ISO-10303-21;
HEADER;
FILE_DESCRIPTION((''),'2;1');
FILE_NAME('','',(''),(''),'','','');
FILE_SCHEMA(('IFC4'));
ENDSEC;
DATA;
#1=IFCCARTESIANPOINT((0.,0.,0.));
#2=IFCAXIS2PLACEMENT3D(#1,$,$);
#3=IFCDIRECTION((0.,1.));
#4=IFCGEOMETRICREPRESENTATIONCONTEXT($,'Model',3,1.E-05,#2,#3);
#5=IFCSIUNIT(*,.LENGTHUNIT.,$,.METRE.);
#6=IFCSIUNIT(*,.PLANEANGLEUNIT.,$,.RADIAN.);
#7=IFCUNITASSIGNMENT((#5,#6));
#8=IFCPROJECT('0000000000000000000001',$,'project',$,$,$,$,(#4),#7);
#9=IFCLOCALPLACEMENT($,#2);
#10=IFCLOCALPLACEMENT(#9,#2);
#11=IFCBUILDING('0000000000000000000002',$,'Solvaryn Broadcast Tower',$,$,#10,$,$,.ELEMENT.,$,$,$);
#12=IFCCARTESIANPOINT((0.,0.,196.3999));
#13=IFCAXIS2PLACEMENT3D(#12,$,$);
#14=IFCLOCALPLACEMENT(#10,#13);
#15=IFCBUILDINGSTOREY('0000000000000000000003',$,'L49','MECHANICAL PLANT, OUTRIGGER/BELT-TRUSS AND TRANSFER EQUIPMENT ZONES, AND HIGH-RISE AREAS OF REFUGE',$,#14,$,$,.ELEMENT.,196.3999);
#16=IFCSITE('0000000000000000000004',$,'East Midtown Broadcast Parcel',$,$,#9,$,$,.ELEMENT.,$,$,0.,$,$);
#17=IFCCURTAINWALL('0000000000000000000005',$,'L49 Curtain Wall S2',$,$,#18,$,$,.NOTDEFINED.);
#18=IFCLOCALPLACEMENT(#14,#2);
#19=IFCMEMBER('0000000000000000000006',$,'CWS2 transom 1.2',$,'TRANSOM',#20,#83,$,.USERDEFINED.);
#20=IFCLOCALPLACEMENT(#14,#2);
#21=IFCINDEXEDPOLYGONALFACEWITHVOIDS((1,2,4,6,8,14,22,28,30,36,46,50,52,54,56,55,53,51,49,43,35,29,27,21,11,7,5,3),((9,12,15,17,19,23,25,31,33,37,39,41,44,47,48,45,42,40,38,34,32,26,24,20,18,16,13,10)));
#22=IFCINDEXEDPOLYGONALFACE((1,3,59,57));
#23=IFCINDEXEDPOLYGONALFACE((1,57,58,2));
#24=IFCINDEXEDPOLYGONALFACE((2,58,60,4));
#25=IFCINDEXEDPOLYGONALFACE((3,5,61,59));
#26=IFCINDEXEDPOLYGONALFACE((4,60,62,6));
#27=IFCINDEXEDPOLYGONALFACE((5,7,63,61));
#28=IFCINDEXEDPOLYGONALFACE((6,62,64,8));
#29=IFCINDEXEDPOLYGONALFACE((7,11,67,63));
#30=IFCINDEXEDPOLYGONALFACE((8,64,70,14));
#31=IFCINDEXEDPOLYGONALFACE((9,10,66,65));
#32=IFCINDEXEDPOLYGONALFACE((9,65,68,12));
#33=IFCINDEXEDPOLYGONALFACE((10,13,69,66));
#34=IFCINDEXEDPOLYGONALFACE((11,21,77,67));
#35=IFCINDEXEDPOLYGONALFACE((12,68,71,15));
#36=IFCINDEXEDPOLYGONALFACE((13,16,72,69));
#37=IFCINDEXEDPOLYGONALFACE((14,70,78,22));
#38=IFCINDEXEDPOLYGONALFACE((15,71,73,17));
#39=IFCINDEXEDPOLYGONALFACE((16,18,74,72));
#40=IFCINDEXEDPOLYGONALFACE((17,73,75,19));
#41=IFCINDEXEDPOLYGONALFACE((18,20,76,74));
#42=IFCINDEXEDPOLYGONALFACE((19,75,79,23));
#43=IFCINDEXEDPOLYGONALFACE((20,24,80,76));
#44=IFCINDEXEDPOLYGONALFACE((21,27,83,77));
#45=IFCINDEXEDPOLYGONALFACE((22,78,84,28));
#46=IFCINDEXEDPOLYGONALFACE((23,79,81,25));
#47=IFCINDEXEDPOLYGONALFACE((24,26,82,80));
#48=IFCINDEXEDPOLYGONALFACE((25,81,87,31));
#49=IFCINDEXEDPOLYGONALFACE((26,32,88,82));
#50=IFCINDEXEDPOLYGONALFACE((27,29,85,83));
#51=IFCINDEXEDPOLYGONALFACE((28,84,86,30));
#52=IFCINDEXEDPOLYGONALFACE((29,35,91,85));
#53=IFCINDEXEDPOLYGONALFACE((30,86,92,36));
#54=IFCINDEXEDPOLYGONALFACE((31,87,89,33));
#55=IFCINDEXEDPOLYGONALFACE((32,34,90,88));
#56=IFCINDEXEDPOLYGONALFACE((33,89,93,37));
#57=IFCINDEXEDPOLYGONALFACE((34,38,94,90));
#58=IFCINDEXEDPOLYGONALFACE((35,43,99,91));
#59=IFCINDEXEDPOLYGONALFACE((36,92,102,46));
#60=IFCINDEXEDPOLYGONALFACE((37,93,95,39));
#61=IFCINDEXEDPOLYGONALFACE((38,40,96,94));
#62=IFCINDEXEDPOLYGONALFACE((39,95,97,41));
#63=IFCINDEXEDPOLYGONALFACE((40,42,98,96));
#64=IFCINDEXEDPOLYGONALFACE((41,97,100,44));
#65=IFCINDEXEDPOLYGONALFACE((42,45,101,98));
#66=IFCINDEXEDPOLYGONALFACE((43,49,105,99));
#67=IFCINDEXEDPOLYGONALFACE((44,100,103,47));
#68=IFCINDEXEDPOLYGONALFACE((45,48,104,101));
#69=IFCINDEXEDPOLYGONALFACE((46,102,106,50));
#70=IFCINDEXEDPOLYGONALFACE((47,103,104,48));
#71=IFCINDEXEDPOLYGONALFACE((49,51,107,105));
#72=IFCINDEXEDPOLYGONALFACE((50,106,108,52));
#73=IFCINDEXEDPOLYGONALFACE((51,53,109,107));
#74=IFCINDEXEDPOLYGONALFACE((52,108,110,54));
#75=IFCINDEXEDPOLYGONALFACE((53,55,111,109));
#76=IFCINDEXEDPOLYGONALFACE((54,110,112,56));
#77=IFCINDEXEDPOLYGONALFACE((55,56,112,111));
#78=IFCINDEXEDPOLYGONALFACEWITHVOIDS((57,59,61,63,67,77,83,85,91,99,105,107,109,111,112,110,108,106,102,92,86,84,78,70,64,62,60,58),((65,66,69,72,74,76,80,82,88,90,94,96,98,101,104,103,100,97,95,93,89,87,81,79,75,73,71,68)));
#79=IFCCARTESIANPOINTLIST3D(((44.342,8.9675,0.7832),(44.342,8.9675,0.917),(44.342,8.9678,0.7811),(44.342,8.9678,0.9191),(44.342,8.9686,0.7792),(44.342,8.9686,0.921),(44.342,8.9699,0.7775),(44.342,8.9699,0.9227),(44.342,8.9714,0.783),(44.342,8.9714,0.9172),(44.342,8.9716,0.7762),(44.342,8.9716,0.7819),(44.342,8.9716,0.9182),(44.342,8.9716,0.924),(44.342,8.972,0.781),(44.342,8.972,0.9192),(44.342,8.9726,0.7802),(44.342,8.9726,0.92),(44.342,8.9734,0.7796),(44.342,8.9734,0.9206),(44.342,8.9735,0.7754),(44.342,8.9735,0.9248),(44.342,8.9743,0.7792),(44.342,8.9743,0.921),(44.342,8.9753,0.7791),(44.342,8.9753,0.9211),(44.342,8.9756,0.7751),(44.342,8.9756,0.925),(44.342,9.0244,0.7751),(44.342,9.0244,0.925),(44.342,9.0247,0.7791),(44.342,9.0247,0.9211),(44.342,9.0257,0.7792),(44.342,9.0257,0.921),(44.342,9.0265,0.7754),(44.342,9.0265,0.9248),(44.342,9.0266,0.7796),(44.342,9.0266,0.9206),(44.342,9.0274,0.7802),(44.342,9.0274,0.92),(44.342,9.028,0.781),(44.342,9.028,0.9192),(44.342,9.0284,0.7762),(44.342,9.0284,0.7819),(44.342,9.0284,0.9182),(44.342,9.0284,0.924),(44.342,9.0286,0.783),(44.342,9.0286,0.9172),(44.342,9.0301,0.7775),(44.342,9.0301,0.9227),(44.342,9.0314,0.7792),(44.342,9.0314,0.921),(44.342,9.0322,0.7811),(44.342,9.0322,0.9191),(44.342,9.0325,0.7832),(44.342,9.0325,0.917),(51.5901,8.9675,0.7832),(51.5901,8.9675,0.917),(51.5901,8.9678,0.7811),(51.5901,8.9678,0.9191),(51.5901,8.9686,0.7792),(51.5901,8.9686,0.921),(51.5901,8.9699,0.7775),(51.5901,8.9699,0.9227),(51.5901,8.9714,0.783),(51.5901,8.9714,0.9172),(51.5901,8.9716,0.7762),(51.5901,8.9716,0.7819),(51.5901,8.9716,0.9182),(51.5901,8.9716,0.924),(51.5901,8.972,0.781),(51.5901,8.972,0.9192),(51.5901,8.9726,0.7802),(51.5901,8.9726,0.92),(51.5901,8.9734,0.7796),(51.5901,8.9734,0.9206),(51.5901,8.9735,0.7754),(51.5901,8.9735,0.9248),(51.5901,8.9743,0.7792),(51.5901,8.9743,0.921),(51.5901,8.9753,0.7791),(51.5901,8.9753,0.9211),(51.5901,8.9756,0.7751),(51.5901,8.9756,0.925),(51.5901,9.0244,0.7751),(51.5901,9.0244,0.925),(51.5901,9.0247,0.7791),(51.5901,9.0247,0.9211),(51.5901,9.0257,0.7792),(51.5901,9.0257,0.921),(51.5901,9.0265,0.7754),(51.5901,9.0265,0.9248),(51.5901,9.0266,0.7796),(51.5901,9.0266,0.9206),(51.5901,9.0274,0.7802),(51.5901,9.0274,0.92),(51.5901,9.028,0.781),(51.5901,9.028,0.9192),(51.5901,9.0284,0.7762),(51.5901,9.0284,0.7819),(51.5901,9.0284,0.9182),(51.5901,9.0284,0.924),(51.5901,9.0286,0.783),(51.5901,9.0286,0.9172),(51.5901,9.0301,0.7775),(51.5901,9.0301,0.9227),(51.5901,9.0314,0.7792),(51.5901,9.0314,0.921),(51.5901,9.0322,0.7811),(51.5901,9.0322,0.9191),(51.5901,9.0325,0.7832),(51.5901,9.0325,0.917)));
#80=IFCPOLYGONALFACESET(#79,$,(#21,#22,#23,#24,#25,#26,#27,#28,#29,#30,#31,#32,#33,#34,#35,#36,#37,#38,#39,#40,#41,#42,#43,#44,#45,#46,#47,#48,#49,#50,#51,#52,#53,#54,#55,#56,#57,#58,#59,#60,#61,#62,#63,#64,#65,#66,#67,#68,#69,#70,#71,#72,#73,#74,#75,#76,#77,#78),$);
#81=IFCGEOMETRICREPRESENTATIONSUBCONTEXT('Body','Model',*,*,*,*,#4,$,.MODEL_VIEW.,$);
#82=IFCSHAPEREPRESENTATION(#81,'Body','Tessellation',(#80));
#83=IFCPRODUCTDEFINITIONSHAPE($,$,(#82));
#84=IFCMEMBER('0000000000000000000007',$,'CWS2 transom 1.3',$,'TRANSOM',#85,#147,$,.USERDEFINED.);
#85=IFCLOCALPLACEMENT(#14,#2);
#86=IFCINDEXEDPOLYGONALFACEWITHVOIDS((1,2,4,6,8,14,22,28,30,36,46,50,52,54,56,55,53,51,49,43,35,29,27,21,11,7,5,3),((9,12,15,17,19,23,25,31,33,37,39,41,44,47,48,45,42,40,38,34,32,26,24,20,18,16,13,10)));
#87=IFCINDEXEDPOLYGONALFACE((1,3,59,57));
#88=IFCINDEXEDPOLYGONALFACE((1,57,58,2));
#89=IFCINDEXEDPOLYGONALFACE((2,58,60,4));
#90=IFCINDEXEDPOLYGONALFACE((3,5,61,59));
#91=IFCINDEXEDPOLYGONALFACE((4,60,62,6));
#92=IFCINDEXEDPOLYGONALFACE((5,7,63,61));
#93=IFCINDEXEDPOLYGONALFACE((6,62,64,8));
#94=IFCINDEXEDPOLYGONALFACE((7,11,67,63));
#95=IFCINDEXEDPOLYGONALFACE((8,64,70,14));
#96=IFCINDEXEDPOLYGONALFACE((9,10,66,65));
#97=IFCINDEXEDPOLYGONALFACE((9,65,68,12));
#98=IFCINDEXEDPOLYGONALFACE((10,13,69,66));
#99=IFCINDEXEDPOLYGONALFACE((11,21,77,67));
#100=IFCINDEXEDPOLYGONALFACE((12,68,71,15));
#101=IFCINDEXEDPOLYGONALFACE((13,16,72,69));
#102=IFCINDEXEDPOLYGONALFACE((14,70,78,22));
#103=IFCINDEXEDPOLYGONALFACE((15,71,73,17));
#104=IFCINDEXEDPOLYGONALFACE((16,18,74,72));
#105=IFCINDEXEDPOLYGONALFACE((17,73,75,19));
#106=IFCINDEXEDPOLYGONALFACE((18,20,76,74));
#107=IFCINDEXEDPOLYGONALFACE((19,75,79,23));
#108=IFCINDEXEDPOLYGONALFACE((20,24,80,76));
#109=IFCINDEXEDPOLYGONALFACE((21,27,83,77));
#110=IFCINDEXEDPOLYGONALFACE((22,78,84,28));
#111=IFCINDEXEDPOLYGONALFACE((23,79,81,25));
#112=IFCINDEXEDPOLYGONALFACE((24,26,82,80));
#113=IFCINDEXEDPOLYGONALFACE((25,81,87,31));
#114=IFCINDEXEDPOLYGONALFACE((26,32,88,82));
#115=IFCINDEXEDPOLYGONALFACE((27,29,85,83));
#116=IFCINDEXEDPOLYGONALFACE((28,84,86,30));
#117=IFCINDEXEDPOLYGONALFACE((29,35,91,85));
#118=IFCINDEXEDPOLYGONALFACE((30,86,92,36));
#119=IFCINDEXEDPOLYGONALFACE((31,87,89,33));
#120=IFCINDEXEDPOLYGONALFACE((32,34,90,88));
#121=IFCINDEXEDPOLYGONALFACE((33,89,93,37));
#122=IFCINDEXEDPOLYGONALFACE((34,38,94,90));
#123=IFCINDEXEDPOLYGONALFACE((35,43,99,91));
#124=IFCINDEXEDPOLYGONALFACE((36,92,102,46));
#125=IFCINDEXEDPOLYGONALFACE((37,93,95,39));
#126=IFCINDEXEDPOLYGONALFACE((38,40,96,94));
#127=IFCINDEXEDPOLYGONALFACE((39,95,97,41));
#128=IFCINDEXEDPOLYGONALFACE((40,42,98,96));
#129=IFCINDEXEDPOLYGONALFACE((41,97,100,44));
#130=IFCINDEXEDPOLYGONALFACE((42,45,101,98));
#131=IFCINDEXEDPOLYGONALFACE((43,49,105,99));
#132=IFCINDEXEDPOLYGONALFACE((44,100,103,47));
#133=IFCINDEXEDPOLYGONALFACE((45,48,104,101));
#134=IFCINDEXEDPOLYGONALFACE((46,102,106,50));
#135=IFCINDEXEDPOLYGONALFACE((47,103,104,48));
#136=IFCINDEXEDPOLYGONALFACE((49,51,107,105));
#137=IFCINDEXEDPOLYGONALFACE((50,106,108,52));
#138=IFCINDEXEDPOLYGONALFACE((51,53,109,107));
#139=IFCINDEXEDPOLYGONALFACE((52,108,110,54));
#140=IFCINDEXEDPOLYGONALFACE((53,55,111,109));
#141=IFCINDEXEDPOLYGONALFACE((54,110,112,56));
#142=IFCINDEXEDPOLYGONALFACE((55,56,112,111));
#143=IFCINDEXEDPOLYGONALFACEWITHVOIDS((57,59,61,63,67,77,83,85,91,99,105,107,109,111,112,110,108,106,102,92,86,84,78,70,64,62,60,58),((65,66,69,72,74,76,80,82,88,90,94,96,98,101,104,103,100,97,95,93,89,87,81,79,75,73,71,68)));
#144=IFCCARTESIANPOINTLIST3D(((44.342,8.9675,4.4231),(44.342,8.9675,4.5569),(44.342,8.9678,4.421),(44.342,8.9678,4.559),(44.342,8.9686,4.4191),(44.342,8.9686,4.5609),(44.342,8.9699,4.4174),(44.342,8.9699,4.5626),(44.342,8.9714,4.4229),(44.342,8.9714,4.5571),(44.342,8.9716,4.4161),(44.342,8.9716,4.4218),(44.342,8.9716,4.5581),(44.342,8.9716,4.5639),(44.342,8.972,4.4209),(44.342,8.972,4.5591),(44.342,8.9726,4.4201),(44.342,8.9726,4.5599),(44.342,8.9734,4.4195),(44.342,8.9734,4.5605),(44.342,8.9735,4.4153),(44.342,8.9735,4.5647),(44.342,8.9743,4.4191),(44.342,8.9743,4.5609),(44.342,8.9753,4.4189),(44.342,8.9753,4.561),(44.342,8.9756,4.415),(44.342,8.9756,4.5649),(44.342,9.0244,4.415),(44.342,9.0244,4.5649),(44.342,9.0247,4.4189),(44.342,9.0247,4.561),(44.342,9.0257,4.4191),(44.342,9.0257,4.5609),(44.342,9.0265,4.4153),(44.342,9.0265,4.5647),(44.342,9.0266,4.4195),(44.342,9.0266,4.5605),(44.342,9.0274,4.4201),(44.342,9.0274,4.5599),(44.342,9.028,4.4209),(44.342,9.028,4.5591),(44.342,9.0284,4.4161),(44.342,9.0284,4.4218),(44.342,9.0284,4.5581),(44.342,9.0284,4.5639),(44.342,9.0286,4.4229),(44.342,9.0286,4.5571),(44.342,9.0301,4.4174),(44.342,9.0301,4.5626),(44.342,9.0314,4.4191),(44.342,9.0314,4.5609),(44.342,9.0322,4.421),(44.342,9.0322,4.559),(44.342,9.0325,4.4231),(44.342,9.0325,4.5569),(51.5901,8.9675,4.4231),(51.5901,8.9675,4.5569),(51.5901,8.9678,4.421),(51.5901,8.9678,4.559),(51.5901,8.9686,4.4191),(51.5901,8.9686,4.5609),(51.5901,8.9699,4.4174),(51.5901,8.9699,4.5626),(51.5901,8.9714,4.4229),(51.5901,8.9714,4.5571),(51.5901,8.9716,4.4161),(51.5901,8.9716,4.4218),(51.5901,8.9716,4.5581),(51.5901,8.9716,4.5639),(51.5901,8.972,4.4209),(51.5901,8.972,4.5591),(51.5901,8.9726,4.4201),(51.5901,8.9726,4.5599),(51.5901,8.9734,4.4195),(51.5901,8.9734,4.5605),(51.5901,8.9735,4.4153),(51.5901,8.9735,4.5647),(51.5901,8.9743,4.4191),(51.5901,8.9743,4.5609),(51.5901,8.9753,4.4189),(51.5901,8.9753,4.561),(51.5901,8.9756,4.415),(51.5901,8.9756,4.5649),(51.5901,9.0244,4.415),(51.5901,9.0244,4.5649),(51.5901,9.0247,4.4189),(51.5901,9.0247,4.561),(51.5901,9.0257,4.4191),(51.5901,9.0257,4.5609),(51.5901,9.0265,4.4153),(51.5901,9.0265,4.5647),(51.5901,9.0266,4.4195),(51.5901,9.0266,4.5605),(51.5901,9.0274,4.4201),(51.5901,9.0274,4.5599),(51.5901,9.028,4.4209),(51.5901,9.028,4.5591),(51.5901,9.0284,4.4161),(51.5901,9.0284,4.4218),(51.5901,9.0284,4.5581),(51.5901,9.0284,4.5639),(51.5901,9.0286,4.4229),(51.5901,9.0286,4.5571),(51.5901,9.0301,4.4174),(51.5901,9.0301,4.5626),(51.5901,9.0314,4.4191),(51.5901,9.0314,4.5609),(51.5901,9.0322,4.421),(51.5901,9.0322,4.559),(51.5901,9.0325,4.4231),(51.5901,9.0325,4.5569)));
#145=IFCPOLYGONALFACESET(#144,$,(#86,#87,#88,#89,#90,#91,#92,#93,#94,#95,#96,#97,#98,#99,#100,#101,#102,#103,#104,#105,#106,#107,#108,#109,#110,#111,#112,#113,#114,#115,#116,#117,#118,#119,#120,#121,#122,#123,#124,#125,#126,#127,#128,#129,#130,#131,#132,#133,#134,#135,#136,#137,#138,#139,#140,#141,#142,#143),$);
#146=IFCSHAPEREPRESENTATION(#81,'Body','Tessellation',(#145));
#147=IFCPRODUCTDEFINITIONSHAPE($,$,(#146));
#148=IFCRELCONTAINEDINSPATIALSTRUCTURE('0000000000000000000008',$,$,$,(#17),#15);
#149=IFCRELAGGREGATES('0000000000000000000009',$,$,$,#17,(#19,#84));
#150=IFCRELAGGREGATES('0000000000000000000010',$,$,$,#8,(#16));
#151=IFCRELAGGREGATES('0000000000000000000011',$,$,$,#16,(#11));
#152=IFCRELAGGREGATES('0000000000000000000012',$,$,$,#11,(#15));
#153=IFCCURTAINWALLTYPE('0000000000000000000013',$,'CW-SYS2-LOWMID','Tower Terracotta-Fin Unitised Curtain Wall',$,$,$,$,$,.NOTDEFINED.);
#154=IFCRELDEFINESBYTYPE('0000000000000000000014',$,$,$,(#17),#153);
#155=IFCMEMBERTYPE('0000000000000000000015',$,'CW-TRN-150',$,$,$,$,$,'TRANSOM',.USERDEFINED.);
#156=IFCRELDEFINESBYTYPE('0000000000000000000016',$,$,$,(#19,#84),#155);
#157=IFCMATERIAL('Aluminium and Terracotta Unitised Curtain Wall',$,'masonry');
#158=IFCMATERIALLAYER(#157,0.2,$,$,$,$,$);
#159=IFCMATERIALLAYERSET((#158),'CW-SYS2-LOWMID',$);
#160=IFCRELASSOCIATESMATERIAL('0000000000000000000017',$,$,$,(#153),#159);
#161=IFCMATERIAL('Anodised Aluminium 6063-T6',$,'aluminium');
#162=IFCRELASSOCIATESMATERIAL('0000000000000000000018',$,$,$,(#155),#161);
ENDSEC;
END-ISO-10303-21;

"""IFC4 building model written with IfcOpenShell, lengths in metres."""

from ifc_helpers import new_model, si_unit, direction, frame, origin, origin_2d, place, context, subcontext, project, spatial, hollow_rectangle, extrude, material, layer, layer_set, material_profile, profile_set, type_object, element, aggregate, save


model = new_model("IFC4")

# Units and contexts
model_context = context("Model", 3, precision=1e-05, world=origin(), true_north=direction((0.0, 1.0)))
body_context = subcontext(model_context, "Body", "Model", "MODEL_VIEW")
ifc_project = project(units=[si_unit("LENGTHUNIT", "METRE"), si_unit("PLANEANGLEUNIT", "RADIAN")], contexts=[model_context])

# Site, building, storey
site_placement = place(None, origin())
site = spatial("IfcSite", under=ifc_project, at=site_placement, Name="East Midtown Broadcast Parcel", CompositionType="ELEMENT", RefElevation=0.0)
building_placement = place(site_placement, origin())
building = spatial("IfcBuilding", under=site, at=building_placement, Name="Solvaryn Broadcast Tower", CompositionType="ELEMENT")
storey_placement = place(building_placement, frame((0.0, 0.0, 196.3999)))
storey = spatial("IfcBuildingStorey", under=building, at=storey_placement, Name="L49", Description="MECHANICAL PLANT, OUTRIGGER/BELT-TRUSS AND TRANSFER EQUIPMENT ZONES, AND HIGH-RISE AREAS OF REFUGE", CompositionType="ELEMENT", Elevation=196.3999)

# Curtain wall
ifc_material_1 = material(Name="Aluminium and Terracotta Unitised Curtain Wall", Category="masonry")
ifc_layer_1 = layer(ifc_material_1, 0.2)
ifc_layer_set_1 = layer_set([ifc_layer_1], Name="CW-SYS2-LOWMID")
curtain_wall_type = type_object("IfcCurtainWallType", Name="CW-SYS2-LOWMID", Description="Tower Terracotta-Fin Unitised Curtain Wall", PredefinedType="NOTDEFINED", material=ifc_layer_set_1)
curtain_wall_1_placement = place(storey_placement, origin())
curtain_wall_1 = element("IfcCurtainWall", 1, at=curtain_wall_1_placement, inside=storey, type_object=curtain_wall_type, Name="L49 Curtain Wall S2", PredefinedType="NOTDEFINED")

# Members
ifc_material_2 = material(Name="Anodised Aluminium 6063-T6", Category="aluminium")
ifc_material_profile_1 = material_profile(ifc_material_2, hollow_rectangle(XDim=0.0649, YDim=0.1499, WallThickness=0.0039, InnerFilletRadius=0.0039, OuterFilletRadius=0.0081, at=origin_2d()))
ifc_profile_set_1 = profile_set([ifc_material_profile_1], Name="Anodised Aluminium 6063-T6")
member_type_1 = type_object("IfcMemberType", Name="CW-TRN-150", ElementType="TRANSOM", PredefinedType="USERDEFINED", material=ifc_profile_set_1)
member_1_placement = place(storey_placement, frame((44.342, 9.0, 0.8501), z_axis=(1.0, 0.0, 0.0), x_axis=(0.0, 1.0, 0.0)))
member_1 = element("IfcMember", 2, at=member_1_placement, type_object=member_type_1, Name="CWS2 transom 1.2", ObjectType="TRANSOM", PredefinedType="USERDEFINED", context=body_context, shape_type="SweptSolid", body=[
    extrude(hollow_rectangle(XDim=0.0649, YDim=0.1499, WallThickness=0.0039, InnerFilletRadius=0.0039, OuterFilletRadius=0.0081, at=origin_2d()), origin(), (0.0, 0.0, 1.0), 7.248),
])
member_2_placement = place(storey_placement, frame((44.342, 9.0, 4.49), z_axis=(1.0, 0.0, 0.0), x_axis=(0.0, 1.0, 0.0)))
member_2 = element("IfcMember", 3, at=member_2_placement, type_object=member_type_1, Name="CWS2 transom 1.3", ObjectType="TRANSOM", PredefinedType="USERDEFINED", context=body_context, shape_type="SweptSolid", body=[
    extrude(hollow_rectangle(XDim=0.0649, YDim=0.1499, WallThickness=0.0039, InnerFilletRadius=0.0039, OuterFilletRadius=0.0081, at=origin_2d()), origin(), (0.0, 0.0, 1.0), 7.248),
])

aggregate(curtain_wall_1, [member_1, member_2])

save(model, "model.ifc")
